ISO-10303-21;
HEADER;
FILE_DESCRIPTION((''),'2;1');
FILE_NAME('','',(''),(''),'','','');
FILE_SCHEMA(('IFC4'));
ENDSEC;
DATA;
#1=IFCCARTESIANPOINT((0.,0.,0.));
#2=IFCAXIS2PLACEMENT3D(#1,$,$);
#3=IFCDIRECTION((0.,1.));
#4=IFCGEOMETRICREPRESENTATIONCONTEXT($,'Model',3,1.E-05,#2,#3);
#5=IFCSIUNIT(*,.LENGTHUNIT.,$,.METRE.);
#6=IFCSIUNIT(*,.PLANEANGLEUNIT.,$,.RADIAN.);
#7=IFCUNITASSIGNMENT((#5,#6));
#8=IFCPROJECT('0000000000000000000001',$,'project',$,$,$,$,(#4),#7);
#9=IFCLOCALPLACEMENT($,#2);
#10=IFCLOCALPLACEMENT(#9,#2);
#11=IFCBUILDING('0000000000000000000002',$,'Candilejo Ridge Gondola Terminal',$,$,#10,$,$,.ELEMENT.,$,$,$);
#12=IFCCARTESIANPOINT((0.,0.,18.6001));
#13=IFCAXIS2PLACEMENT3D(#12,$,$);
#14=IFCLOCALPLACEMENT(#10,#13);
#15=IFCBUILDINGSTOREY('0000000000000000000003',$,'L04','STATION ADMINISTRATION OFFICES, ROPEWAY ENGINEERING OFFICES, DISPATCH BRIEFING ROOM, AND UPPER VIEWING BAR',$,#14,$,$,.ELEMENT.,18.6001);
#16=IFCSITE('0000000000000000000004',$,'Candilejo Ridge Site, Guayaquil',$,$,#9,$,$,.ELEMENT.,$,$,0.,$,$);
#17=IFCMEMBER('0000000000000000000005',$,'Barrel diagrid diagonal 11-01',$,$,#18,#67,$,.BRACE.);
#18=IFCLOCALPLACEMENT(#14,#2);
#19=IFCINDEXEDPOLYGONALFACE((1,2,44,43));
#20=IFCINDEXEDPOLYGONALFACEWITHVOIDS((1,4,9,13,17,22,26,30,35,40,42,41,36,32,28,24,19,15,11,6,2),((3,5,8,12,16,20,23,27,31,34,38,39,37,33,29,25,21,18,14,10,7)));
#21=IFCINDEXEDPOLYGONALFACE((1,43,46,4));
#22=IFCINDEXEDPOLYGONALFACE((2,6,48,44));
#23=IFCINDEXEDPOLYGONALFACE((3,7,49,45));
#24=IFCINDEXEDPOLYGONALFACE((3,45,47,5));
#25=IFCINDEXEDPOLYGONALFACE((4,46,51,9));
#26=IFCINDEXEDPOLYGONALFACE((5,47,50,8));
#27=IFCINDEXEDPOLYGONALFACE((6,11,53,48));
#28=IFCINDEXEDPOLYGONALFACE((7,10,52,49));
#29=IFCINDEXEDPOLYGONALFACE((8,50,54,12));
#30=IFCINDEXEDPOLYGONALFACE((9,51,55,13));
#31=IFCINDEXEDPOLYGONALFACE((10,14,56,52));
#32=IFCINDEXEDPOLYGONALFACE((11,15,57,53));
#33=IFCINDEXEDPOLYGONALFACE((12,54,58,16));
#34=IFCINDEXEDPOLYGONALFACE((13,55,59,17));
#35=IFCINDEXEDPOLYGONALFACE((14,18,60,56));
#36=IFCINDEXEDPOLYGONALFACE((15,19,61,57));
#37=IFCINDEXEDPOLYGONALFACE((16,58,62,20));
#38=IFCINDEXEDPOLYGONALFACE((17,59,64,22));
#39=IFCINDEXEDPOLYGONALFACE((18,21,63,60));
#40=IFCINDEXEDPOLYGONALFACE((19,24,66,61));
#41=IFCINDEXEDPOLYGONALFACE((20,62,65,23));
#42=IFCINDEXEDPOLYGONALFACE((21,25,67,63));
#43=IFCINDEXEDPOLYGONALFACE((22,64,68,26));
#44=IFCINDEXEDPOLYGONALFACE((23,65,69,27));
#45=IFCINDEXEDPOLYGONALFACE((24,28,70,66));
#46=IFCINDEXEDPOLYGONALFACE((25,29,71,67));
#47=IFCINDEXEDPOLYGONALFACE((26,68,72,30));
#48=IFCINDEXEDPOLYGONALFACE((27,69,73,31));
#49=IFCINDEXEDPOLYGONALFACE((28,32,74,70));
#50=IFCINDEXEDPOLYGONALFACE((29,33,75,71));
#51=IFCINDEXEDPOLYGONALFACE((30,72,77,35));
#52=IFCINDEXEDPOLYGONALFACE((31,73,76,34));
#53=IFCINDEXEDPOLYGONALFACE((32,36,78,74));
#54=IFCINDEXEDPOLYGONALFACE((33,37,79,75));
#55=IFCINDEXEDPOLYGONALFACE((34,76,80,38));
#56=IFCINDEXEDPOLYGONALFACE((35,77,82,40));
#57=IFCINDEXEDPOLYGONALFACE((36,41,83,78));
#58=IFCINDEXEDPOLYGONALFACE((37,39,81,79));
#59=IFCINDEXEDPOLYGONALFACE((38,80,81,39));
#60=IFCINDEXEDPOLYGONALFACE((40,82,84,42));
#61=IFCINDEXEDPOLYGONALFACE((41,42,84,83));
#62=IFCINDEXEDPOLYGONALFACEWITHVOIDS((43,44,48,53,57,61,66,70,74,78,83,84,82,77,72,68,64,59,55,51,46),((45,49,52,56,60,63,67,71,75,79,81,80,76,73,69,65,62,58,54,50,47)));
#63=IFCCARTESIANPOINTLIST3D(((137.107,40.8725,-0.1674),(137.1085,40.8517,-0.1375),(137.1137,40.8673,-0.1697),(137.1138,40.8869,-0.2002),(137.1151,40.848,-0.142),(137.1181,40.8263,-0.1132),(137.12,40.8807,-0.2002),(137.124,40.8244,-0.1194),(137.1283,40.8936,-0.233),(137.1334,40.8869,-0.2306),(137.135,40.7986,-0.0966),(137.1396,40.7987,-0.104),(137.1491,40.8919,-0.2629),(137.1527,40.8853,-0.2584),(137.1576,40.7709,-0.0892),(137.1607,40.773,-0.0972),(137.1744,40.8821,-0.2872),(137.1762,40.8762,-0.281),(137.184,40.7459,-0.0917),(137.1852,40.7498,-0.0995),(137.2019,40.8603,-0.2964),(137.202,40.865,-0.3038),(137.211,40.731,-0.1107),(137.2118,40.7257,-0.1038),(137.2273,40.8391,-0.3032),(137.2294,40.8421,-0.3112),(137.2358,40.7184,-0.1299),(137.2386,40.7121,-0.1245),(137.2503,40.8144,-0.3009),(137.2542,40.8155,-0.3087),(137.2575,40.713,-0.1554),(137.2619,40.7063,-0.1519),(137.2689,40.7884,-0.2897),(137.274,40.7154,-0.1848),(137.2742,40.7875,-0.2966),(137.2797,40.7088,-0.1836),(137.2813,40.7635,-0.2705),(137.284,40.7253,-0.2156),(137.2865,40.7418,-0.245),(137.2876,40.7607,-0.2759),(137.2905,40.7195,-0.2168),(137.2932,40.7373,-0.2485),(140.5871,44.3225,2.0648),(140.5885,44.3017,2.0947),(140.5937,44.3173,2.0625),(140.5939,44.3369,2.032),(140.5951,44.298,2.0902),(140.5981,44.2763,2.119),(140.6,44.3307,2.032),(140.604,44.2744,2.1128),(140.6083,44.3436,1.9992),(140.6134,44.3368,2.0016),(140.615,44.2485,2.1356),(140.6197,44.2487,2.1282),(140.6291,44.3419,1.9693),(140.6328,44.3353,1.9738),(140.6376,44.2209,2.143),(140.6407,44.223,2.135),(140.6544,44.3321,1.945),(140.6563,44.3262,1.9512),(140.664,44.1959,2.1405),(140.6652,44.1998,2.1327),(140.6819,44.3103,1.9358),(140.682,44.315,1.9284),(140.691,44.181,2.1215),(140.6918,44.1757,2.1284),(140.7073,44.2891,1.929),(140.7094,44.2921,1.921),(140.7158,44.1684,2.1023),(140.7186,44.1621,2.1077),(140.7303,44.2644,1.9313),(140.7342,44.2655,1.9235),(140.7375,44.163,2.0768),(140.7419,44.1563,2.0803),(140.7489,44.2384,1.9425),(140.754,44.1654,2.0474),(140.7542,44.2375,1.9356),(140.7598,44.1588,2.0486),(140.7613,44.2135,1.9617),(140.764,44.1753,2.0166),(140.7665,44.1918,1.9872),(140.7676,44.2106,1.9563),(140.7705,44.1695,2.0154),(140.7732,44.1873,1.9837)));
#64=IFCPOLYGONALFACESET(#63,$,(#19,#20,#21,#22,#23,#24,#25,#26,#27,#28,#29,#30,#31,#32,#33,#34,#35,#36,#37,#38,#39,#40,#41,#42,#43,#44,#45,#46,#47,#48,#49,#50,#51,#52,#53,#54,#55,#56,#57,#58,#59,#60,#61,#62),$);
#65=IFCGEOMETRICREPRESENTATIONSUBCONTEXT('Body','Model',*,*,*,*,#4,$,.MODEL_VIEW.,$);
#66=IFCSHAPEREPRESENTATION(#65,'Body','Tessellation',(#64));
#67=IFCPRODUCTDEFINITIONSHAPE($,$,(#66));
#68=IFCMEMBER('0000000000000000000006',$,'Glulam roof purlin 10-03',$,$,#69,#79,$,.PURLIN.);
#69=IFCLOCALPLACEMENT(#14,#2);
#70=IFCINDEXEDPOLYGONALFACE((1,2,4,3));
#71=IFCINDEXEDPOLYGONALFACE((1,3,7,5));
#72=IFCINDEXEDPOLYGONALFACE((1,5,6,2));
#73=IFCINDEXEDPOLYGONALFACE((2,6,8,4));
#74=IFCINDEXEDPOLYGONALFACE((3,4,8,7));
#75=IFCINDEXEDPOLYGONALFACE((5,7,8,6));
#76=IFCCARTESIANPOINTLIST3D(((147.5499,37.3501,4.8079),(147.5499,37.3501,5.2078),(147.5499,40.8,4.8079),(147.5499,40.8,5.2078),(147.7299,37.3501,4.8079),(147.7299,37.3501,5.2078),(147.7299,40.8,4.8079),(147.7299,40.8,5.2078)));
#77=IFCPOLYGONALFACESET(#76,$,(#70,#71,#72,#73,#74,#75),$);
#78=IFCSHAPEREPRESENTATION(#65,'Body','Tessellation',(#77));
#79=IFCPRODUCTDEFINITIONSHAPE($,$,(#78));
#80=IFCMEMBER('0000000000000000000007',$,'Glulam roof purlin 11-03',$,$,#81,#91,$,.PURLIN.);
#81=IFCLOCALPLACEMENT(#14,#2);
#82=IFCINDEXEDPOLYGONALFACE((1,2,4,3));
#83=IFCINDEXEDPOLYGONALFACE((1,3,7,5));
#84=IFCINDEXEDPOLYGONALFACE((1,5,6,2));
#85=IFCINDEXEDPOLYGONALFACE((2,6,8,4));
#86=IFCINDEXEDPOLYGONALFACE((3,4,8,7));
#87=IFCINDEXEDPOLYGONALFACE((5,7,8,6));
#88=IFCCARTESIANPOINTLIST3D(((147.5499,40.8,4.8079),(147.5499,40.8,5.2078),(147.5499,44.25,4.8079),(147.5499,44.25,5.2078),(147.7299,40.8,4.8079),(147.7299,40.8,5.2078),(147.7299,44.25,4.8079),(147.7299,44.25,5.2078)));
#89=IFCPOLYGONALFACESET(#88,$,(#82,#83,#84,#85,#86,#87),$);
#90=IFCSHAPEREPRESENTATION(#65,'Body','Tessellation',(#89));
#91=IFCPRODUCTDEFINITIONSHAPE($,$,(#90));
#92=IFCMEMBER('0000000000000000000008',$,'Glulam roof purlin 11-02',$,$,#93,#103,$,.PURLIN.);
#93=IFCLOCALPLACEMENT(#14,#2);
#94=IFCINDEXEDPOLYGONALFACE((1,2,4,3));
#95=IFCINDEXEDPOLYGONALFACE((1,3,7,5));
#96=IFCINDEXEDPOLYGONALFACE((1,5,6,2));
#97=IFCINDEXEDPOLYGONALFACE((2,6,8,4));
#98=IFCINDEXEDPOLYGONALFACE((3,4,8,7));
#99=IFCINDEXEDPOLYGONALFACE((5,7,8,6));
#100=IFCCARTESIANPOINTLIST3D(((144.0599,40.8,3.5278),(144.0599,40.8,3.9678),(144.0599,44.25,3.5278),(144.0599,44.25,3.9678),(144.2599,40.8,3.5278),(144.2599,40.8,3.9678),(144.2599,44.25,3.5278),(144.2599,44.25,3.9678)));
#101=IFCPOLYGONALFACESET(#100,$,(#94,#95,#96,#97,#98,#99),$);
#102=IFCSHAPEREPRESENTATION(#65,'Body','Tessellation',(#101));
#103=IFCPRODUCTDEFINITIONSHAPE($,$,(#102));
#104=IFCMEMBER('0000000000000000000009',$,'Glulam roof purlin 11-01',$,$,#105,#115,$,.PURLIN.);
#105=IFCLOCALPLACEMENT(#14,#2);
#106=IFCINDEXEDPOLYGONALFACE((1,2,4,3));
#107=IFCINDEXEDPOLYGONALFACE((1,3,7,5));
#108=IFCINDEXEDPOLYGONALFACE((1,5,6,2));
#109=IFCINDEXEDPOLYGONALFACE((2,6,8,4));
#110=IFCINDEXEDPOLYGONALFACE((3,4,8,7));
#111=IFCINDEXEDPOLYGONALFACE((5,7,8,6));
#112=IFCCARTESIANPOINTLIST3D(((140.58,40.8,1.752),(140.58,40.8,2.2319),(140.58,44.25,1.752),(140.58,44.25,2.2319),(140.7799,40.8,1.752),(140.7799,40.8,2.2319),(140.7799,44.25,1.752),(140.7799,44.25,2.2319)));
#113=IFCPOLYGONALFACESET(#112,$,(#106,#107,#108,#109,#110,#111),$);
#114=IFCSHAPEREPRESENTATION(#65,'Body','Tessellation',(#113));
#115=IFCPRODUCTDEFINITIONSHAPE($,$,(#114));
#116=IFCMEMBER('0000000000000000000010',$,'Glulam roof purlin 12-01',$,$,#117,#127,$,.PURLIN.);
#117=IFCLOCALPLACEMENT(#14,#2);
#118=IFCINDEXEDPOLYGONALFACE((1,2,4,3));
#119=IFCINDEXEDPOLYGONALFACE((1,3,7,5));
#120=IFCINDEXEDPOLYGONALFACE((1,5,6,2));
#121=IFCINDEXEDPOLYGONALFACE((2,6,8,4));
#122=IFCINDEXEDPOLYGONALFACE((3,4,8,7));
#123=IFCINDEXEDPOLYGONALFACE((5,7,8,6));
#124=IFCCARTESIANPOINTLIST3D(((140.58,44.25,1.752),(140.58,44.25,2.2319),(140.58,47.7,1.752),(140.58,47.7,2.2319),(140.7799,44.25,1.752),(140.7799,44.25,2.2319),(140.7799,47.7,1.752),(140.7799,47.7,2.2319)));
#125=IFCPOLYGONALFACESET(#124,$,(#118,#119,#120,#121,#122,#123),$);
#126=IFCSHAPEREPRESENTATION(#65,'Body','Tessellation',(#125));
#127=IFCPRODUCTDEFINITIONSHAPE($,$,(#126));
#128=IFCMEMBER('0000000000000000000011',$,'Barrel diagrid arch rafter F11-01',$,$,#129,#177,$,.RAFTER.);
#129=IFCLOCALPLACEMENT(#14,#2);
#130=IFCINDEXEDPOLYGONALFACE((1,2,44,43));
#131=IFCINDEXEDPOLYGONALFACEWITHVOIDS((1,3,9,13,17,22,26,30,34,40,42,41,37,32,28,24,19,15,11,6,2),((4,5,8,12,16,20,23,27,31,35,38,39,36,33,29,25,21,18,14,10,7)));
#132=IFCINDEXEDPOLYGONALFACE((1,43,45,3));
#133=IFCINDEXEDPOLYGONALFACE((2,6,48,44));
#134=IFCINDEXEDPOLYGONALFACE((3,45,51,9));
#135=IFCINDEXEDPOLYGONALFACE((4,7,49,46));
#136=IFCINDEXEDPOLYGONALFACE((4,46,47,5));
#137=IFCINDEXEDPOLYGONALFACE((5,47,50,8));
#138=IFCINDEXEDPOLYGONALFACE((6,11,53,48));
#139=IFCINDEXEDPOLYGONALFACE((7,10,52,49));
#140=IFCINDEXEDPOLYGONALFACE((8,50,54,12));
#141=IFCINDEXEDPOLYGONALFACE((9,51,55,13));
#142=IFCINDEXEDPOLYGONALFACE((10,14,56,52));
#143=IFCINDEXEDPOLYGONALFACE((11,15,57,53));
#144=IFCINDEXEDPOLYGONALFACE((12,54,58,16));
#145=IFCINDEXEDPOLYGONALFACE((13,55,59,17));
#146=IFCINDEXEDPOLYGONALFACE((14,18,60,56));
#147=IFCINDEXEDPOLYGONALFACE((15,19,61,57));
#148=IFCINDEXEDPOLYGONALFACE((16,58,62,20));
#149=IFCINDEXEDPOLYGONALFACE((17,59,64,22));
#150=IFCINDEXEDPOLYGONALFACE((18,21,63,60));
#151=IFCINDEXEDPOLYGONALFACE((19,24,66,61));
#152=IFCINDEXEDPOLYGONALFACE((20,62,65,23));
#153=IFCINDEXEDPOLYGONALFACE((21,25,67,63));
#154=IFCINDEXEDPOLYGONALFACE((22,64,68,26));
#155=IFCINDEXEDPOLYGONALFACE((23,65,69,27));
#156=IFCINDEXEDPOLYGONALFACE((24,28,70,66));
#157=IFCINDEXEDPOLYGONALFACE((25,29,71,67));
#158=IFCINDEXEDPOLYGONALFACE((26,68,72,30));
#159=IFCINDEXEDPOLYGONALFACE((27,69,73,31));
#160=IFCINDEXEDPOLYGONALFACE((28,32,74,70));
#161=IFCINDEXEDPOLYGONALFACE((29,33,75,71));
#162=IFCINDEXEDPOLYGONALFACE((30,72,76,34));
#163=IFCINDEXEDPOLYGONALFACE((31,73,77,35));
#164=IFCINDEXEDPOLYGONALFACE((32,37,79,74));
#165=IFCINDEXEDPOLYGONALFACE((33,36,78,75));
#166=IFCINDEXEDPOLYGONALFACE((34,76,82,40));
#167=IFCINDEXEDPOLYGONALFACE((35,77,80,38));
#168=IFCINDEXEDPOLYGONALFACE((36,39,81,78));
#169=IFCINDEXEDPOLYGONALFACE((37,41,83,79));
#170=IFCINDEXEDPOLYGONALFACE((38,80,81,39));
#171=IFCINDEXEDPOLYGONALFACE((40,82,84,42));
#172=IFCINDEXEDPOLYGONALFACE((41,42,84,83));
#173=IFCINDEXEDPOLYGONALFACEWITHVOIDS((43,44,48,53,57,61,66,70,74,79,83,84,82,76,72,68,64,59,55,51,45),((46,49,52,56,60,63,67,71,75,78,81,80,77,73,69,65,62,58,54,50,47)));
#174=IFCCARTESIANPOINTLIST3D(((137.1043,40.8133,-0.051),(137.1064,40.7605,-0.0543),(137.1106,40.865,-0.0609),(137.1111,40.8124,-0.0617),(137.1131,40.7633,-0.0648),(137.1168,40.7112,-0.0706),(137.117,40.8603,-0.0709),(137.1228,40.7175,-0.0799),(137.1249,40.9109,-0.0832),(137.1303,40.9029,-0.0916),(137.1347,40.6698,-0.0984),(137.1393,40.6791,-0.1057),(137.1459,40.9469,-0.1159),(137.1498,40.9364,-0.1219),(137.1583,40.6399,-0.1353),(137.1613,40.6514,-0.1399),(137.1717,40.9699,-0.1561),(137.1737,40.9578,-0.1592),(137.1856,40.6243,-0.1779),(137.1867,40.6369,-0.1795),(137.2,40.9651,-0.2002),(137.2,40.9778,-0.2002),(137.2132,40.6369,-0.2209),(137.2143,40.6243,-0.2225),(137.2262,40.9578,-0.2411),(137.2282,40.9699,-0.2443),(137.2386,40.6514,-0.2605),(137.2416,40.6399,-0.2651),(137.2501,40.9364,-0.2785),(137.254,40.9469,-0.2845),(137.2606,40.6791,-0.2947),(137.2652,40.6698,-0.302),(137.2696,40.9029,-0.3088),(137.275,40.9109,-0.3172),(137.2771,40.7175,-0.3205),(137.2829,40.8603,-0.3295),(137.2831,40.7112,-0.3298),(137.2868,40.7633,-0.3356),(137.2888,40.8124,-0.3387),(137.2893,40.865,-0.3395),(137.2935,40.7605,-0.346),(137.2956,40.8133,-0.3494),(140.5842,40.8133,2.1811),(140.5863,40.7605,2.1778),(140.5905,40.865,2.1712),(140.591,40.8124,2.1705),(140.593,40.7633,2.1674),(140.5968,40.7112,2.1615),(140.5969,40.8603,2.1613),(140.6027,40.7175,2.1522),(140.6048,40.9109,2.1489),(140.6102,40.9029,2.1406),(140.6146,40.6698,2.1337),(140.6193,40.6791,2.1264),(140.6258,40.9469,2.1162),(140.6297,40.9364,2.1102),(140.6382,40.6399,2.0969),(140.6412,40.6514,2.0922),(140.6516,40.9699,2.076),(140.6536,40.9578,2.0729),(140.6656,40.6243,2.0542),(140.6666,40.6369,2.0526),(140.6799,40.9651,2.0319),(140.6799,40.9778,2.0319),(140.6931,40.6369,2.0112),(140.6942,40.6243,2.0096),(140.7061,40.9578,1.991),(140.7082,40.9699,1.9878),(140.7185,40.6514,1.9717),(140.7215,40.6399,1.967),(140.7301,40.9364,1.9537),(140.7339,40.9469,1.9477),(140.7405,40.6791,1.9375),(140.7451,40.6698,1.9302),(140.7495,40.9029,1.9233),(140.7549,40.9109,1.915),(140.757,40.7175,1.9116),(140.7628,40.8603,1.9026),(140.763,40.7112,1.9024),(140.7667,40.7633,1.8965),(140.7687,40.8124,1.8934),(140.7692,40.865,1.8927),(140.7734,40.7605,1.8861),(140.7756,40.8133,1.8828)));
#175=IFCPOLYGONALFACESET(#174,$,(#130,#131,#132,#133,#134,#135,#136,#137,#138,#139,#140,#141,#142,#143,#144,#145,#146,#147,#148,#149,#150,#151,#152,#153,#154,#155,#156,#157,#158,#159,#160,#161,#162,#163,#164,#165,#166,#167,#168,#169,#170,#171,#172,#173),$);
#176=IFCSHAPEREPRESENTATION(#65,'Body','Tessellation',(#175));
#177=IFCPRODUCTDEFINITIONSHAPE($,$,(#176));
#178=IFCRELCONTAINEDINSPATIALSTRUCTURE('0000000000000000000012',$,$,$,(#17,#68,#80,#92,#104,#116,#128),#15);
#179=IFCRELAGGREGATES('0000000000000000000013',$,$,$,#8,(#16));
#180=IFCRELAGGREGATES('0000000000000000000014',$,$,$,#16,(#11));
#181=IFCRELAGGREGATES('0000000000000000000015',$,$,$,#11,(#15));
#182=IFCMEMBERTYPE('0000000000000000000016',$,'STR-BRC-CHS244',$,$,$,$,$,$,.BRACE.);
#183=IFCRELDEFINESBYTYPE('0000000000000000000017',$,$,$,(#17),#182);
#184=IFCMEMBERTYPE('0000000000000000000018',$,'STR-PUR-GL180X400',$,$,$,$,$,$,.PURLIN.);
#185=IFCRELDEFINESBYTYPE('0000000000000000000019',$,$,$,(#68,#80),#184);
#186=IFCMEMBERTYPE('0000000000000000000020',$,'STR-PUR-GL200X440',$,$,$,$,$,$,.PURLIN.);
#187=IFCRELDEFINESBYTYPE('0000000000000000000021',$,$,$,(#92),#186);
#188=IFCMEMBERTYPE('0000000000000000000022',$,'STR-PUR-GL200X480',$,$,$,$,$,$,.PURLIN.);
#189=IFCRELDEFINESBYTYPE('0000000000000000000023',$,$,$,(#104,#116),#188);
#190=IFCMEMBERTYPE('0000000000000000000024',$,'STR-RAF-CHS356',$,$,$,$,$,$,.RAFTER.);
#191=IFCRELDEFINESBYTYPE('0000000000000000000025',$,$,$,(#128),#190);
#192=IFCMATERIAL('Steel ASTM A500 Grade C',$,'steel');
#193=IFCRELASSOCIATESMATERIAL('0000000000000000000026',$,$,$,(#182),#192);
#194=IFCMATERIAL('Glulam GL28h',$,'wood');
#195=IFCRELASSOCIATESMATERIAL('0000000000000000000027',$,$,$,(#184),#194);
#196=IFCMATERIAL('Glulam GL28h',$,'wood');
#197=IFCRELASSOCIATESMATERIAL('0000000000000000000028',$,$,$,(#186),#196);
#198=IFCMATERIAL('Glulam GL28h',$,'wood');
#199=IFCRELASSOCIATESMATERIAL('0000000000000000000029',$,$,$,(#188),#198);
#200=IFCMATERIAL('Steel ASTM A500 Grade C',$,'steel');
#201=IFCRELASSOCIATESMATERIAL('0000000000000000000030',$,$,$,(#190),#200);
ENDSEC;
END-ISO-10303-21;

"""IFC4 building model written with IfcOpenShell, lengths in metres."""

from ifc_helpers import new_model, si_unit, direction, frame, origin, origin_2d, place, context, subcontext, project, spatial, rectangle, hollow_circle, extrude, material, material_profile, profile_set, type_object, element, save


model = new_model("IFC4")

# Units and contexts
model_context = context("Model", 3, precision=1e-05, world=origin(), true_north=direction((0.0, 1.0)))
body_context = subcontext(model_context, "Body", "Model", "MODEL_VIEW")
ifc_project = project(units=[si_unit("LENGTHUNIT", "METRE"), si_unit("PLANEANGLEUNIT", "RADIAN")], contexts=[model_context])

# Site, building, storey
site_placement = place(None, origin())
site = spatial("IfcSite", under=ifc_project, at=site_placement, Name="Candilejo Ridge Site, Guayaquil", CompositionType="ELEMENT", RefElevation=0.0)
building_placement = place(site_placement, origin())
building = spatial("IfcBuilding", under=site, at=building_placement, Name="Candilejo Ridge Gondola Terminal", CompositionType="ELEMENT")
storey_placement = place(building_placement, frame((0.0, 0.0, 18.6001)))
storey = spatial("IfcBuildingStorey", under=building, at=storey_placement, Name="L04", Description="STATION ADMINISTRATION OFFICES, ROPEWAY ENGINEERING OFFICES, DISPATCH BRIEFING ROOM, AND UPPER VIEWING BAR", CompositionType="ELEMENT", Elevation=18.6001)

# Members
ifc_material_1 = material(Name="Steel ASTM A500 Grade C", Category="steel")
ifc_material_profile_1 = material_profile(ifc_material_1, hollow_circle(Radius=0.1223, WallThickness=0.0088, at=origin_2d()))
ifc_profile_set_1 = profile_set([ifc_material_profile_1], Name="Steel ASTM A500 Grade C")
member_type_1 = type_object("IfcMemberType", Name="STR-BRC-CHS244", PredefinedType="BRACE", material=ifc_profile_set_1)
member_1_placement = place(storey_placement, frame((137.2, 40.8, -0.2002), z_axis=(0.646271, 0.640695, 0.41454), x_axis=(-0.704036, 0.710164, 0.0)))
element("IfcMember", 1, at=member_1_placement, inside=storey, type_object=member_type_1, Name="Barrel diagrid diagonal 11-01", PredefinedType="BRACE", context=body_context, shape_type="SweptSolid", body=[
    extrude(hollow_circle(Radius=0.1223, WallThickness=0.0088, at=origin_2d()), origin(), (0.0, 0.0, 1.0), 5.3848),
])
ifc_material_2 = material(Name="Glulam GL28h", Category="wood")
ifc_material_profile_2 = material_profile(ifc_material_2, rectangle(XDim=0.1799, YDim=0.3999, at=origin_2d()))
ifc_profile_set_2 = profile_set([ifc_material_profile_2], Name="Glulam GL28h")
member_type_2 = type_object("IfcMemberType", Name="STR-PUR-GL180X400", PredefinedType="PURLIN", material=ifc_profile_set_2)
for number, where, z_axis, x_axis, name in (
    (2, (147.6399, 37.3501, 5.0078), (0.0, 1.0, 0.0), (-1.0, 0.0, 0.0), "Glulam roof purlin 10-03"),
    (3, (147.6399, 40.8, 5.0078), (0.0, 1.0, 0.0), (-1.0, 0.0, 0.0), "Glulam roof purlin 11-03"),
):
    element("IfcMember", number, at=place(storey_placement, frame(where, z_axis=z_axis, x_axis=x_axis)), inside=storey, type_object=member_type_2, Name=name, PredefinedType="PURLIN", context=body_context, shape_type="SweptSolid", body=[
        extrude(rectangle(XDim=0.1799, YDim=0.3999, at=origin_2d()), origin(), (0.0, 0.0, 1.0), 3.45),
    ])
ifc_material_3 = material(Name="Glulam GL28h", Category="wood")
ifc_material_profile_3 = material_profile(ifc_material_3, rectangle(XDim=0.2, YDim=0.4399, at=origin_2d()))
ifc_profile_set_3 = profile_set([ifc_material_profile_3], Name="Glulam GL28h")
member_type_3 = type_object("IfcMemberType", Name="STR-PUR-GL200X440", PredefinedType="PURLIN", material=ifc_profile_set_3)
member_2_placement = place(storey_placement, frame((144.1599, 40.8, 3.7478), z_axis=(0.0, 1.0, 0.0), x_axis=(-1.0, 0.0, 0.0)))
element("IfcMember", 4, at=member_2_placement, inside=storey, type_object=member_type_3, Name="Glulam roof purlin 11-02", PredefinedType="PURLIN", context=body_context, shape_type="SweptSolid", body=[
    extrude(rectangle(XDim=0.2, YDim=0.4399, at=origin_2d()), origin(), (0.0, 0.0, 1.0), 3.45),
])
ifc_material_4 = material(Name="Glulam GL28h", Category="wood")
ifc_material_profile_4 = material_profile(ifc_material_4, rectangle(XDim=0.2, YDim=0.48, at=origin_2d()))
ifc_profile_set_4 = profile_set([ifc_material_profile_4], Name="Glulam GL28h")
member_type_4 = type_object("IfcMemberType", Name="STR-PUR-GL200X480", PredefinedType="PURLIN", material=ifc_profile_set_4)
for number, where, z_axis, x_axis, name in (
    (5, (140.6799, 40.8, 1.9919), (0.0, 1.0, 0.0), (-1.0, 0.0, 0.0), "Glulam roof purlin 11-01"),
    (6, (140.6799, 44.25, 1.9919), (0.0, 1.0, 0.0), (-1.0, 0.0, 0.0), "Glulam roof purlin 12-01"),
):
    element("IfcMember", number, at=place(storey_placement, frame(where, z_axis=z_axis, x_axis=x_axis)), inside=storey, type_object=member_type_4, Name=name, PredefinedType="PURLIN", context=body_context, shape_type="SweptSolid", body=[
        extrude(rectangle(XDim=0.2, YDim=0.48, at=origin_2d()), origin(), (0.0, 0.0, 1.0), 3.45),
    ])
ifc_material_5 = material(Name="Steel ASTM A500 Grade C", Category="steel")
ifc_material_profile_5 = material_profile(ifc_material_5, hollow_circle(Radius=0.1777, WallThickness=0.0127, at=origin_2d()))
ifc_profile_set_5 = profile_set([ifc_material_profile_5], Name="Steel ASTM A500 Grade C")
member_type_5 = type_object("IfcMemberType", Name="STR-RAF-CHS356", PredefinedType="RAFTER", material=ifc_profile_set_5)
member_3_placement = place(storey_placement, frame((137.2, 40.8, -0.2002), z_axis=(0.841723, 0.0, 0.53991), x_axis=(0.0, 1.0, 0.0)))
element("IfcMember", 7, at=member_3_placement, inside=storey, type_object=member_type_5, Name="Barrel diagrid arch rafter F11-01", PredefinedType="RAFTER", context=body_context, shape_type="SweptSolid", body=[
    extrude(hollow_circle(Radius=0.1777, WallThickness=0.0127, at=origin_2d()), origin(), (0.0, 0.0, 1.0), 4.1343),
])

save(model, "model.ifc")
